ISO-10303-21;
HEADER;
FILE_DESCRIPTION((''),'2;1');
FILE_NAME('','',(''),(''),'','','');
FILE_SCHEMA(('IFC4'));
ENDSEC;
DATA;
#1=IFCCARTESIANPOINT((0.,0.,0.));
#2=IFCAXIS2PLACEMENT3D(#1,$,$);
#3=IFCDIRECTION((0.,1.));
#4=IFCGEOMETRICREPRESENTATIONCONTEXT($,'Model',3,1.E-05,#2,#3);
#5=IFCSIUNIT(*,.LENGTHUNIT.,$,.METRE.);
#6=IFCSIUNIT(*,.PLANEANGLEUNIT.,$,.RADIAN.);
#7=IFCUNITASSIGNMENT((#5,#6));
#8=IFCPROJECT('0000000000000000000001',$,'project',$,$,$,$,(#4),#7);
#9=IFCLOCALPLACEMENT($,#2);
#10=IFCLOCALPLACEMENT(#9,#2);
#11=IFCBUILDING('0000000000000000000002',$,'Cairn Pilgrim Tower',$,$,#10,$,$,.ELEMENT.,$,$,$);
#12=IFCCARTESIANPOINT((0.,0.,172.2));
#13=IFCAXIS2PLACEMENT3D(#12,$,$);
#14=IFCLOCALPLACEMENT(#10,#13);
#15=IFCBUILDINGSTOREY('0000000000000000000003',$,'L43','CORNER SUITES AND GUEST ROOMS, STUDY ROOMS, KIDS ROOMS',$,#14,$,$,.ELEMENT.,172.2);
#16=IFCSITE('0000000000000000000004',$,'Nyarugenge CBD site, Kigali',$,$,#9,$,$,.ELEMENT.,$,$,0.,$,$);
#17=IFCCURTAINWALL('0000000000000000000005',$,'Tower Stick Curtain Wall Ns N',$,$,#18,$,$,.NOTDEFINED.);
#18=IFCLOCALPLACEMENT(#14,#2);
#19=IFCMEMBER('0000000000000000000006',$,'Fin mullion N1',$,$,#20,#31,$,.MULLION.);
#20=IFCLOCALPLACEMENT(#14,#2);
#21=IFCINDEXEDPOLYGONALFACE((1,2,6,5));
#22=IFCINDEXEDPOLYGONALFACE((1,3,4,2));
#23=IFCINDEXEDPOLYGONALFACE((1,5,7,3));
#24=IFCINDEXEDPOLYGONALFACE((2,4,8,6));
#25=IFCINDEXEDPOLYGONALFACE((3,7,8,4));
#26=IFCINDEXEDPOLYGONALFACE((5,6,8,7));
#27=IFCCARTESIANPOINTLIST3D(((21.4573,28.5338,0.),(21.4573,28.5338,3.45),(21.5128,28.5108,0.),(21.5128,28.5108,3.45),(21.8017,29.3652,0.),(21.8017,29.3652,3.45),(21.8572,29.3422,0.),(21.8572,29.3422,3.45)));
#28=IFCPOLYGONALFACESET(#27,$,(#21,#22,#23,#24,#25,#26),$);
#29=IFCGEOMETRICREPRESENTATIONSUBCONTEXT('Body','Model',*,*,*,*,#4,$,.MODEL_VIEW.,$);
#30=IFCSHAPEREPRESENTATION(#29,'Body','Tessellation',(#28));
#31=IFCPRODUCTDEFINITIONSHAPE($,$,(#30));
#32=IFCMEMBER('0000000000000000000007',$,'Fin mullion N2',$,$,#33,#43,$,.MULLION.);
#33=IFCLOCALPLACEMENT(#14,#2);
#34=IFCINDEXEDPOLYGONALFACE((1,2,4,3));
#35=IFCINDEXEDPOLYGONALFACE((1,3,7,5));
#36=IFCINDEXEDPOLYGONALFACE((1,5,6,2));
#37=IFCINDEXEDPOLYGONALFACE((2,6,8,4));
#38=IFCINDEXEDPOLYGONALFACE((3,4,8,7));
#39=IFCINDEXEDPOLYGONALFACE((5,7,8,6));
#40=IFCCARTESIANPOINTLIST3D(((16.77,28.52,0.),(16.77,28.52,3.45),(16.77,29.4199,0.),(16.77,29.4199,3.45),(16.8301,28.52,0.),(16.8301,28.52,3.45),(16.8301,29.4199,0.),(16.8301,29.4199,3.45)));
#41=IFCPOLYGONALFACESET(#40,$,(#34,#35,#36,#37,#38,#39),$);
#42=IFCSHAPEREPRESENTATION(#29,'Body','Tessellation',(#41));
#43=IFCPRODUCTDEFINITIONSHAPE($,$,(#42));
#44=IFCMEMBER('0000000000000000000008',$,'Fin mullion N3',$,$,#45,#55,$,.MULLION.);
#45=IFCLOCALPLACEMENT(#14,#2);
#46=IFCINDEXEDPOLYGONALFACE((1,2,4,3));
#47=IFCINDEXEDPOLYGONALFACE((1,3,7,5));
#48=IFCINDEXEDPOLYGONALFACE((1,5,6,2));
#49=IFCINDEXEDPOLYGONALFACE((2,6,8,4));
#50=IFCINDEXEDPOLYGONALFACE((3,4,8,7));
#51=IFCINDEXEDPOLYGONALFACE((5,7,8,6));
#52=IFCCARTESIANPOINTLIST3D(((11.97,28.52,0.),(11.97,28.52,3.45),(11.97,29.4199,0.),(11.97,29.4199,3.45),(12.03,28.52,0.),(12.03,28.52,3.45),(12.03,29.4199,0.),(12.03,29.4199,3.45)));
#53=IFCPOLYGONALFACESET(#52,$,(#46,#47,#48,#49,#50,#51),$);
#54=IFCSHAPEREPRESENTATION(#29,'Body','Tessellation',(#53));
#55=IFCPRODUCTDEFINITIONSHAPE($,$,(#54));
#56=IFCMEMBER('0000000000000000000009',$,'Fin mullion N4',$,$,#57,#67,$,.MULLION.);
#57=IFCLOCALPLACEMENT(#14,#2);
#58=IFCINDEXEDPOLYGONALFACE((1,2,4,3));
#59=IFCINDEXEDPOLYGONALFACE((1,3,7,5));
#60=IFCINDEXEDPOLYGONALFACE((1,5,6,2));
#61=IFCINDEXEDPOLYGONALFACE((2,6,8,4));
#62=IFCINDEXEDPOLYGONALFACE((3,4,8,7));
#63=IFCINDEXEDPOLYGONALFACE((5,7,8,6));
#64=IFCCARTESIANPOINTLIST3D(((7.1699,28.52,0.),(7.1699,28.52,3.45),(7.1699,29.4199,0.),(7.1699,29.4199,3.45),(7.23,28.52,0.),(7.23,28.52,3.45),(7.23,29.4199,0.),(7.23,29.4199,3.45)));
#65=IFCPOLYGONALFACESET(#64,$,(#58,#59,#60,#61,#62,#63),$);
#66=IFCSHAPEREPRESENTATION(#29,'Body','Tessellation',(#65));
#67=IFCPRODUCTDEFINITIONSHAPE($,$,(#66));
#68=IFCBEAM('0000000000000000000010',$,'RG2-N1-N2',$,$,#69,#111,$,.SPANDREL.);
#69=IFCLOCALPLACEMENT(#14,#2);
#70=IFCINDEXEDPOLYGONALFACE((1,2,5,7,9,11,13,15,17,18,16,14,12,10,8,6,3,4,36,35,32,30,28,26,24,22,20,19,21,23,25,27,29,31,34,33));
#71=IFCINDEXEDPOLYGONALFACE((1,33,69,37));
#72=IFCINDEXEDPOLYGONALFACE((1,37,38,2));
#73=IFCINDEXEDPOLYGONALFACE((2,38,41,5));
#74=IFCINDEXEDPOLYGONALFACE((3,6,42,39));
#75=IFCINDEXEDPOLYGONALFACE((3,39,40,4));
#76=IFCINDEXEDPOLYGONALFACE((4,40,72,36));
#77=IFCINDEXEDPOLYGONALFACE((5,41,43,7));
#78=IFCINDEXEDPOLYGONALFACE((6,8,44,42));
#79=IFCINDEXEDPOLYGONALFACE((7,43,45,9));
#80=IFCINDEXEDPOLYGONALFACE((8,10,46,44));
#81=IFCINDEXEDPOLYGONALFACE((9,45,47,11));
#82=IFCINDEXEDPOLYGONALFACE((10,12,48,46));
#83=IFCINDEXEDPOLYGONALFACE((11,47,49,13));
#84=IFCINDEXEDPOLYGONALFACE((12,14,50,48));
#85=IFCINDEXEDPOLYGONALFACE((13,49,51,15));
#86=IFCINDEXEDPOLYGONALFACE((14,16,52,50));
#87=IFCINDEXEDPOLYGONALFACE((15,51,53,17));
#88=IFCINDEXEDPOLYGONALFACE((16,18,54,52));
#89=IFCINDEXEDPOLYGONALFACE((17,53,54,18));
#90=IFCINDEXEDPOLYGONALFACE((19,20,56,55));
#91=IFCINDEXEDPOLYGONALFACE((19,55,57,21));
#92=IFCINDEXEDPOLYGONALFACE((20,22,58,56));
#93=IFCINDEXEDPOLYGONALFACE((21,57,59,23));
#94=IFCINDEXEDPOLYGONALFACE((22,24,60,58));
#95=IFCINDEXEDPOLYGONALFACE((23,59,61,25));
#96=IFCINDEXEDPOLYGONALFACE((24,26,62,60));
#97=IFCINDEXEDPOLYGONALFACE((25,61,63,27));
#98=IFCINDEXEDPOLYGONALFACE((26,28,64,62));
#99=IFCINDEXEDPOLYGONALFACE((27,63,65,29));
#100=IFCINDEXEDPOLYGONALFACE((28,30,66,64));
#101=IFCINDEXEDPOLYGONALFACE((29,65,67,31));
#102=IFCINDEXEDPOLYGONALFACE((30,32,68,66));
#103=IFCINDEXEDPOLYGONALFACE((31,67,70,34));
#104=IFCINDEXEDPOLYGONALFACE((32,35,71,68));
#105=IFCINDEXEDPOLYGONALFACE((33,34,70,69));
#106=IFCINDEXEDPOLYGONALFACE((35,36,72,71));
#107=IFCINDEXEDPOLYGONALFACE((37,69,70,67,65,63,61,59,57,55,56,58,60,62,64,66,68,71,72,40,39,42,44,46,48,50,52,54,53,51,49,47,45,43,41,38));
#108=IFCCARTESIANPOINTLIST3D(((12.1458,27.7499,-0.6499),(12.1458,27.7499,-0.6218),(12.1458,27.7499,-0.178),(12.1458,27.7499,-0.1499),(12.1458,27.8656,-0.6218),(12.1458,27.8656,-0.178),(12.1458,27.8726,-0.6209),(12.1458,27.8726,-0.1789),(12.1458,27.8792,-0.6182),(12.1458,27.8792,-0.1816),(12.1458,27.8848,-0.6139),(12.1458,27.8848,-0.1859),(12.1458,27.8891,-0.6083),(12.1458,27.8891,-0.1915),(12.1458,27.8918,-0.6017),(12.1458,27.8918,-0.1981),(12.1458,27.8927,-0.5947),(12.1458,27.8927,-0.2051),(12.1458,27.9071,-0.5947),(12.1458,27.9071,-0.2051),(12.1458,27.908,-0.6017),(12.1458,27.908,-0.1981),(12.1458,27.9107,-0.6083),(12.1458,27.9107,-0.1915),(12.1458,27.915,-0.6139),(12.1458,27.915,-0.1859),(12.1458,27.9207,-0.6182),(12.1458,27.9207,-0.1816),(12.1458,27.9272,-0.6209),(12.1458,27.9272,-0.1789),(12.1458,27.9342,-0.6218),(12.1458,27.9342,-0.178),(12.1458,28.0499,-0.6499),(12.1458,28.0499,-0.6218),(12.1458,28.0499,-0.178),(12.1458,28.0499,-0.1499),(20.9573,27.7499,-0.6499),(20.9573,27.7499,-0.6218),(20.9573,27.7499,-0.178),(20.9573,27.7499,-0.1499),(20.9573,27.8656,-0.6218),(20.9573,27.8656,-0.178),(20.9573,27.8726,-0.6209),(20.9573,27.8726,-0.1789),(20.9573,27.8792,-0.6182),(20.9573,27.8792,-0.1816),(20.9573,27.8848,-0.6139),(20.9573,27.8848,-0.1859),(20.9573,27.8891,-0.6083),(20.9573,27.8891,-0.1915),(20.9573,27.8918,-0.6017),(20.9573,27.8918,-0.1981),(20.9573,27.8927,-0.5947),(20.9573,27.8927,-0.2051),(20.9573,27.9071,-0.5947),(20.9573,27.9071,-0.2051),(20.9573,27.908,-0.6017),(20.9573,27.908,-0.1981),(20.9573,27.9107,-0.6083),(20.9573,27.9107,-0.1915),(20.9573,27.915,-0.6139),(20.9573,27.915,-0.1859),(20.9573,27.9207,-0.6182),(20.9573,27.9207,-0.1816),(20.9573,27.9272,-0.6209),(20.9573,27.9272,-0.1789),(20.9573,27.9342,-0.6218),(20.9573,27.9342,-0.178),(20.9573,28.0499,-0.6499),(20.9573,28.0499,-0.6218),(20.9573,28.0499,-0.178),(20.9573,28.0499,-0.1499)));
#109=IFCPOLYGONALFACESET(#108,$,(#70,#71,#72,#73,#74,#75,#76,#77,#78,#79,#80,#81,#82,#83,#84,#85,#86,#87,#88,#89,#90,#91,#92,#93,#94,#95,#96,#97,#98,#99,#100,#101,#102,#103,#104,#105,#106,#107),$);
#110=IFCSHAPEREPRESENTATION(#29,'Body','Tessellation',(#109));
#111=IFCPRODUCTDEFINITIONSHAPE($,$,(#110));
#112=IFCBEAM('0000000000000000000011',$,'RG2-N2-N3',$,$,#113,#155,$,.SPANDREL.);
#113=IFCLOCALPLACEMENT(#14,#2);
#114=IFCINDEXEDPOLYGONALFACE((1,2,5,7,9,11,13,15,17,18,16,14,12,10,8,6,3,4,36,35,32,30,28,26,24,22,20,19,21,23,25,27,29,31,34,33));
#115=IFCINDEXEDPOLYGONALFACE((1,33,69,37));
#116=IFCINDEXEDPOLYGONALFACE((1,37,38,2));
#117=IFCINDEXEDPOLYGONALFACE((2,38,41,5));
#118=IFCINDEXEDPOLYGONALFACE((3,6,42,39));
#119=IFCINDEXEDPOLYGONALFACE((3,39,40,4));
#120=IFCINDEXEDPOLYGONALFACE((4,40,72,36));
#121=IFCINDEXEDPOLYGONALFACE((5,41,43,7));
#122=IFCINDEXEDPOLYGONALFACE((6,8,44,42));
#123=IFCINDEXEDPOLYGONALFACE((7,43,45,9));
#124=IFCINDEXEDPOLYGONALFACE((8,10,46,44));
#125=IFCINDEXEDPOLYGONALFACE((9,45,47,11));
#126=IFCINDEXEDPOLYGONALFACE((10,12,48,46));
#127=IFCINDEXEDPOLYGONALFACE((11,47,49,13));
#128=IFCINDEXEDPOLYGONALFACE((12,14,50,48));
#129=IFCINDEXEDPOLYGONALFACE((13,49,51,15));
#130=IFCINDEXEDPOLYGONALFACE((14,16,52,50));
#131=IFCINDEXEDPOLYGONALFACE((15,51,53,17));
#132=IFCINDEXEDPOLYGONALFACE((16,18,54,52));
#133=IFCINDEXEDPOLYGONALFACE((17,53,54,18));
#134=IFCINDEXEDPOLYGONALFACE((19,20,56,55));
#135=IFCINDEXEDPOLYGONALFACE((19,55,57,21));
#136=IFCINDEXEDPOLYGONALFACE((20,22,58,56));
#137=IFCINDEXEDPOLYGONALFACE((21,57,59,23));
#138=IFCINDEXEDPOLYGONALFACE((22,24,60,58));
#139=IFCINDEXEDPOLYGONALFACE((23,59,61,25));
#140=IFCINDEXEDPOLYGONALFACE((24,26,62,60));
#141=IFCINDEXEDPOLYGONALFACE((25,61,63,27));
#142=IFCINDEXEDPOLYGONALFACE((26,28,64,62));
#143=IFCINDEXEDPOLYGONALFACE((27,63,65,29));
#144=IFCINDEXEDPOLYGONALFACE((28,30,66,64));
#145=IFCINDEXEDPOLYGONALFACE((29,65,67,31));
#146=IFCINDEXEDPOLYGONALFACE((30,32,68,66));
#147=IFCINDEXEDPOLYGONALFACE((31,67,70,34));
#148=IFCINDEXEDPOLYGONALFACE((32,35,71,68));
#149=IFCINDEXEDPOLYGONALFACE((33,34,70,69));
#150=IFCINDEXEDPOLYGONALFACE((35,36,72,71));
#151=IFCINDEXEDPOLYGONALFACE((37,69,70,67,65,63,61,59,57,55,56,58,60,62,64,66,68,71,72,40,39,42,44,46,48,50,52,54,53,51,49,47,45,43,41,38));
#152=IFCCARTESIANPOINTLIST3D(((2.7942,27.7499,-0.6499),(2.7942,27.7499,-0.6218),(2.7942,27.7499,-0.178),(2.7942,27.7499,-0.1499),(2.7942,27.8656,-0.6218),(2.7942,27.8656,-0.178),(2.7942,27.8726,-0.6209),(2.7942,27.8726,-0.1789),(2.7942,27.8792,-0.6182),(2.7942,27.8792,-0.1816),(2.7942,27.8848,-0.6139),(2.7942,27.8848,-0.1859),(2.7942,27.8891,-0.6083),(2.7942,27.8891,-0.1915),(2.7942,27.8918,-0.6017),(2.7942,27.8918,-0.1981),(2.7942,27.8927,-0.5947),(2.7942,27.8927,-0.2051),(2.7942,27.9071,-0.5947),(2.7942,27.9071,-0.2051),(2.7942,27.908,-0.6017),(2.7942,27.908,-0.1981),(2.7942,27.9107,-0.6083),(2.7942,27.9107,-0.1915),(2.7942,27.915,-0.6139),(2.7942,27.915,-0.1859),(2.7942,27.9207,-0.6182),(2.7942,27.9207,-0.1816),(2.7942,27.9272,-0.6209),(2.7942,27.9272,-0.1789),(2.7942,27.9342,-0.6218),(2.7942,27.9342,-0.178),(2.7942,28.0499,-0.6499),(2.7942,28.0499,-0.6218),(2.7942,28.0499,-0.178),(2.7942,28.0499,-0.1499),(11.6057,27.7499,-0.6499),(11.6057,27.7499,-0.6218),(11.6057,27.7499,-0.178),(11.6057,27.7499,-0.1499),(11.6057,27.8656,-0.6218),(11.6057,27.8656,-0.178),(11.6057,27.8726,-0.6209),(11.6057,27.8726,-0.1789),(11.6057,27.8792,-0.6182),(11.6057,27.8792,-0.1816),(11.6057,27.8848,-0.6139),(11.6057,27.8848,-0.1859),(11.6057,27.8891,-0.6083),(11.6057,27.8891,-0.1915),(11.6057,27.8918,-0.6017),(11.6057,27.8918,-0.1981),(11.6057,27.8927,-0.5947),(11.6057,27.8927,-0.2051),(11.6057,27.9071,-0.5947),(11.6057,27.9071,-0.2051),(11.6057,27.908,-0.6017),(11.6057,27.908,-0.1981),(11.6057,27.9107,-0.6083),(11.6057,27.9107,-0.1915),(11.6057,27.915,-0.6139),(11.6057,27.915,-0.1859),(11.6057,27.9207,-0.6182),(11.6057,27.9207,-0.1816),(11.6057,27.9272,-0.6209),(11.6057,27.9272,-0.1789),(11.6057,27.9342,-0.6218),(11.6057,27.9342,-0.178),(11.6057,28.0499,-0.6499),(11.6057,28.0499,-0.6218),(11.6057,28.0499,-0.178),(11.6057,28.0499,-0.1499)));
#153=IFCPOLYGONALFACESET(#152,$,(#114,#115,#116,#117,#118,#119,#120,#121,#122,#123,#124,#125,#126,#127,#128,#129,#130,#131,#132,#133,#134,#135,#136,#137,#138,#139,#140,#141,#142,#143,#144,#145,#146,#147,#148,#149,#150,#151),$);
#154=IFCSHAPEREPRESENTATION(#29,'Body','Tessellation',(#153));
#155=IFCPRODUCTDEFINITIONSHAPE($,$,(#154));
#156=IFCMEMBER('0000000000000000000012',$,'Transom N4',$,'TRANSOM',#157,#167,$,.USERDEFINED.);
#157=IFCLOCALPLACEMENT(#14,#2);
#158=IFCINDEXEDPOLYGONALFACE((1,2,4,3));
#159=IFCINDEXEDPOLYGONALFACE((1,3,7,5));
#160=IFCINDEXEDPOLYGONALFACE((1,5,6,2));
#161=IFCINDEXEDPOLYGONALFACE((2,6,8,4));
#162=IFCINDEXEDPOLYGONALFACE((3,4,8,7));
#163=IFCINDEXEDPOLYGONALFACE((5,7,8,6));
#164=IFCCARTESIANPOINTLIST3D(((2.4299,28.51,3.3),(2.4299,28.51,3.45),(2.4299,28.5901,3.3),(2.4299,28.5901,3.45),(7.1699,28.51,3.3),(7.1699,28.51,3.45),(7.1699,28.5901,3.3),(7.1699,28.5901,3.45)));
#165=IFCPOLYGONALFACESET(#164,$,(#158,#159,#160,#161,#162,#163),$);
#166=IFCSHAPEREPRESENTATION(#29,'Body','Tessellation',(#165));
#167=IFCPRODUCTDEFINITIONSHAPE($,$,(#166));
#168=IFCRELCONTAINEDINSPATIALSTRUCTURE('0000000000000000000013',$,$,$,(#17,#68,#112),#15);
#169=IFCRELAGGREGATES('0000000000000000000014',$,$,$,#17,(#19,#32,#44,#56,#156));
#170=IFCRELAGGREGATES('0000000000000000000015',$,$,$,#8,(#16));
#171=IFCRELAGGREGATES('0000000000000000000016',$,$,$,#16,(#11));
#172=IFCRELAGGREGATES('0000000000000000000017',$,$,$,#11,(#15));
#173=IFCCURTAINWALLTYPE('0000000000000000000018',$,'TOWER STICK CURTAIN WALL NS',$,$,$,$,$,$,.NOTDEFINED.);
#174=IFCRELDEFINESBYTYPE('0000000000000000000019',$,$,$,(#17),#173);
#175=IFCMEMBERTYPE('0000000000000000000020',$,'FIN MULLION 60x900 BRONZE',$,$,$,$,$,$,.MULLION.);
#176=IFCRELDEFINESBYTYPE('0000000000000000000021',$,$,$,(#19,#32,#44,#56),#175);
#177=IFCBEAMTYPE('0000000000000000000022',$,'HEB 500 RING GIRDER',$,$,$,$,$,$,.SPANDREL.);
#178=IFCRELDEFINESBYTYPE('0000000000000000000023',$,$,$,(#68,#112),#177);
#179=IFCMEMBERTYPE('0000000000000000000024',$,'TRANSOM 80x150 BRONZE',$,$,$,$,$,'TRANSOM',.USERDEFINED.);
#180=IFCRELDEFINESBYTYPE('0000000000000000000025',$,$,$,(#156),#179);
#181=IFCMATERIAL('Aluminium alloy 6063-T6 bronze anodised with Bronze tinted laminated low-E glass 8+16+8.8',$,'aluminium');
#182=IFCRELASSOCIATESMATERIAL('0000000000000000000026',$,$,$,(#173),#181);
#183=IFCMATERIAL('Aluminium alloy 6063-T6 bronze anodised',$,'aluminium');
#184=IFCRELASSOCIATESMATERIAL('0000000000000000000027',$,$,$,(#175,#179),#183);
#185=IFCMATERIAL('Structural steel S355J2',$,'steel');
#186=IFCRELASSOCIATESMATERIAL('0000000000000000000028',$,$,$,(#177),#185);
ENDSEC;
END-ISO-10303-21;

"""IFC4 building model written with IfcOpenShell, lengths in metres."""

from ifc_helpers import new_model, si_unit, direction, frame, origin, origin_2d, place, context, subcontext, project, spatial, rectangle, i_section, extrude, material, material_profile, profile_set, type_object, element, aggregate, save


model = new_model("IFC4")

# Units and contexts
model_context = context("Model", 3, precision=1e-05, world=origin(), true_north=direction((0.0, 1.0)))
body_context = subcontext(model_context, "Body", "Model", "MODEL_VIEW")
ifc_project = project(units=[si_unit("LENGTHUNIT", "METRE"), si_unit("PLANEANGLEUNIT", "RADIAN")], contexts=[model_context])

# Site, building, storey
site_placement = place(None, origin())
site = spatial("IfcSite", under=ifc_project, at=site_placement, Name="Nyarugenge CBD site, Kigali", CompositionType="ELEMENT", RefElevation=0.0)
building_placement = place(site_placement, origin())
building = spatial("IfcBuilding", under=site, at=building_placement, Name="Cairn Pilgrim Tower", CompositionType="ELEMENT")
storey_placement = place(building_placement, frame((0.0, 0.0, 172.2)))
storey = spatial("IfcBuildingStorey", under=building, at=storey_placement, Name="L43", Description="CORNER SUITES AND GUEST ROOMS, STUDY ROOMS, KIDS ROOMS", CompositionType="ELEMENT", Elevation=172.2)

# Curtain wall, members
ifc_material_1 = material(Name="Aluminium alloy 6063-T6 bronze anodised with Bronze tinted laminated low-E glass 8+16+8.8", Category="aluminium")
curtain_wall_type = type_object("IfcCurtainWallType", Name="TOWER STICK CURTAIN WALL NS", PredefinedType="NOTDEFINED", material=ifc_material_1)
curtain_wall_placement = place(storey_placement, origin())
curtain_wall = element("IfcCurtainWall", 1, at=curtain_wall_placement, inside=storey, type_object=curtain_wall_type, Name="Tower Stick Curtain Wall Ns N", PredefinedType="NOTDEFINED")
ifc_material_2 = material(Name="Aluminium alloy 6063-T6 bronze anodised", Category="aluminium")
ifc_material_profile_1 = material_profile(ifc_material_2, rectangle(XDim=0.8999, YDim=0.0601, at=origin_2d()), Name="FIN MULLION 60x900 BRONZE")
ifc_profile_set_1 = profile_set([ifc_material_profile_1], Name="Aluminium alloy 6063-T6 bronze anodised")
member_type_1 = type_object("IfcMemberType", Name="FIN MULLION 60x900 BRONZE", PredefinedType="MULLION", material=ifc_profile_set_1)
member_1_placement = place(storey_placement, frame((21.6572, 28.938, 0.0), z_axis=(0.0, 0.0, 1.0), x_axis=(0.382683, 0.92388, 0.0)))
member_1 = element("IfcMember", 2, at=member_1_placement, type_object=member_type_1, Name="Fin mullion N1", PredefinedType="MULLION", context=body_context, shape_type="SweptSolid", body=[
    extrude(rectangle(XDim=0.8999, YDim=0.0601, at=origin_2d()), origin(), (0.0, 0.0, 1.0), 3.45),
])
member_2_placement = place(storey_placement, frame((16.8, 28.97, 0.0), z_axis=(0.0, 0.0, 1.0), x_axis=(0.0, 1.0, 0.0)))
member_2 = element("IfcMember", 3, at=member_2_placement, type_object=member_type_1, Name="Fin mullion N2", PredefinedType="MULLION", context=body_context, shape_type="SweptSolid", body=[
    extrude(rectangle(XDim=0.8999, YDim=0.0601, at=origin_2d()), origin(), (0.0, 0.0, 1.0), 3.45),
])
member_3_placement = place(storey_placement, frame((12.0, 28.97, 0.0), z_axis=(0.0, 0.0, 1.0), x_axis=(0.0, 1.0, 0.0)))
member_3 = element("IfcMember", 4, at=member_3_placement, type_object=member_type_1, Name="Fin mullion N3", PredefinedType="MULLION", context=body_context, shape_type="SweptSolid", body=[
    extrude(rectangle(XDim=0.8999, YDim=0.0601, at=origin_2d()), origin(), (0.0, 0.0, 1.0), 3.45),
])
member_4_placement = place(storey_placement, frame((7.2, 28.97, 0.0), z_axis=(0.0, 0.0, 1.0), x_axis=(0.0, 1.0, 0.0)))
member_4 = element("IfcMember", 5, at=member_4_placement, type_object=member_type_1, Name="Fin mullion N4", PredefinedType="MULLION", context=body_context, shape_type="SweptSolid", body=[
    extrude(rectangle(XDim=0.8999, YDim=0.0601, at=origin_2d()), origin(), (0.0, 0.0, 1.0), 3.45),
])

# Beams
ifc_material_3 = material(Name="Structural steel S355J2", Category="steel")
ifc_material_profile_2 = material_profile(ifc_material_3, i_section(OverallWidth=0.3, OverallDepth=0.5, WebThickness=0.0144, FlangeThickness=0.0281, FilletRadius=0.0271, at=origin_2d()), Name="HEB 500")
ifc_profile_set_2 = profile_set([ifc_material_profile_2], Name="Structural steel S355J2")
beam_type = type_object("IfcBeamType", Name="HEB 500 RING GIRDER", PredefinedType="SPANDREL", material=ifc_profile_set_2)
for number, where, z_axis, x_axis, name in (
    (6, (20.9573, 27.8999, -0.3999), (-1.0, 0.0, 0.0), (0.0, -1.0, 0.0), "RG2-N1-N2"),
    (7, (11.6057, 27.8999, -0.3999), (-1.0, 0.0, 0.0), (0.0, -1.0, 0.0), "RG2-N2-N3"),
):
    element("IfcBeam", number, at=place(storey_placement, frame(where, z_axis=z_axis, x_axis=x_axis)), inside=storey, type_object=beam_type, Name=name, PredefinedType="SPANDREL", context=body_context, shape_type="SweptSolid", body=[
        extrude(i_section(OverallWidth=0.3, OverallDepth=0.5, WebThickness=0.0144, FlangeThickness=0.0281, FilletRadius=0.0271, at=origin_2d()), origin(), (0.0, 0.0, 1.0), 8.8115),
    ])

# Member
ifc_material_profile_3 = material_profile(ifc_material_2, rectangle(XDim=0.0801, YDim=0.1499, at=origin_2d()), Name="TRANSOM 80x150 BRONZE")
ifc_profile_set_3 = profile_set([ifc_material_profile_3], Name="Aluminium alloy 6063-T6 bronze anodised")
member_type_2 = type_object("IfcMemberType", Name="TRANSOM 80x150 BRONZE", ElementType="TRANSOM", PredefinedType="USERDEFINED", material=ifc_profile_set_3)
member_5_placement = place(storey_placement, frame((7.1699, 28.55, 3.375), z_axis=(-1.0, 0.0, 0.0), x_axis=(0.0, -1.0, 0.0)))
member_5 = element("IfcMember", 8, at=member_5_placement, type_object=member_type_2, Name="Transom N4", ObjectType="TRANSOM", PredefinedType="USERDEFINED", context=body_context, shape_type="SweptSolid", body=[
    extrude(rectangle(XDim=0.0801, YDim=0.1499, at=origin_2d()), origin(), (0.0, 0.0, 1.0), 4.74),
])
aggregate(curtain_wall, [member_1, member_2, member_3, member_4, member_5])

save(model, "model.ifc")
